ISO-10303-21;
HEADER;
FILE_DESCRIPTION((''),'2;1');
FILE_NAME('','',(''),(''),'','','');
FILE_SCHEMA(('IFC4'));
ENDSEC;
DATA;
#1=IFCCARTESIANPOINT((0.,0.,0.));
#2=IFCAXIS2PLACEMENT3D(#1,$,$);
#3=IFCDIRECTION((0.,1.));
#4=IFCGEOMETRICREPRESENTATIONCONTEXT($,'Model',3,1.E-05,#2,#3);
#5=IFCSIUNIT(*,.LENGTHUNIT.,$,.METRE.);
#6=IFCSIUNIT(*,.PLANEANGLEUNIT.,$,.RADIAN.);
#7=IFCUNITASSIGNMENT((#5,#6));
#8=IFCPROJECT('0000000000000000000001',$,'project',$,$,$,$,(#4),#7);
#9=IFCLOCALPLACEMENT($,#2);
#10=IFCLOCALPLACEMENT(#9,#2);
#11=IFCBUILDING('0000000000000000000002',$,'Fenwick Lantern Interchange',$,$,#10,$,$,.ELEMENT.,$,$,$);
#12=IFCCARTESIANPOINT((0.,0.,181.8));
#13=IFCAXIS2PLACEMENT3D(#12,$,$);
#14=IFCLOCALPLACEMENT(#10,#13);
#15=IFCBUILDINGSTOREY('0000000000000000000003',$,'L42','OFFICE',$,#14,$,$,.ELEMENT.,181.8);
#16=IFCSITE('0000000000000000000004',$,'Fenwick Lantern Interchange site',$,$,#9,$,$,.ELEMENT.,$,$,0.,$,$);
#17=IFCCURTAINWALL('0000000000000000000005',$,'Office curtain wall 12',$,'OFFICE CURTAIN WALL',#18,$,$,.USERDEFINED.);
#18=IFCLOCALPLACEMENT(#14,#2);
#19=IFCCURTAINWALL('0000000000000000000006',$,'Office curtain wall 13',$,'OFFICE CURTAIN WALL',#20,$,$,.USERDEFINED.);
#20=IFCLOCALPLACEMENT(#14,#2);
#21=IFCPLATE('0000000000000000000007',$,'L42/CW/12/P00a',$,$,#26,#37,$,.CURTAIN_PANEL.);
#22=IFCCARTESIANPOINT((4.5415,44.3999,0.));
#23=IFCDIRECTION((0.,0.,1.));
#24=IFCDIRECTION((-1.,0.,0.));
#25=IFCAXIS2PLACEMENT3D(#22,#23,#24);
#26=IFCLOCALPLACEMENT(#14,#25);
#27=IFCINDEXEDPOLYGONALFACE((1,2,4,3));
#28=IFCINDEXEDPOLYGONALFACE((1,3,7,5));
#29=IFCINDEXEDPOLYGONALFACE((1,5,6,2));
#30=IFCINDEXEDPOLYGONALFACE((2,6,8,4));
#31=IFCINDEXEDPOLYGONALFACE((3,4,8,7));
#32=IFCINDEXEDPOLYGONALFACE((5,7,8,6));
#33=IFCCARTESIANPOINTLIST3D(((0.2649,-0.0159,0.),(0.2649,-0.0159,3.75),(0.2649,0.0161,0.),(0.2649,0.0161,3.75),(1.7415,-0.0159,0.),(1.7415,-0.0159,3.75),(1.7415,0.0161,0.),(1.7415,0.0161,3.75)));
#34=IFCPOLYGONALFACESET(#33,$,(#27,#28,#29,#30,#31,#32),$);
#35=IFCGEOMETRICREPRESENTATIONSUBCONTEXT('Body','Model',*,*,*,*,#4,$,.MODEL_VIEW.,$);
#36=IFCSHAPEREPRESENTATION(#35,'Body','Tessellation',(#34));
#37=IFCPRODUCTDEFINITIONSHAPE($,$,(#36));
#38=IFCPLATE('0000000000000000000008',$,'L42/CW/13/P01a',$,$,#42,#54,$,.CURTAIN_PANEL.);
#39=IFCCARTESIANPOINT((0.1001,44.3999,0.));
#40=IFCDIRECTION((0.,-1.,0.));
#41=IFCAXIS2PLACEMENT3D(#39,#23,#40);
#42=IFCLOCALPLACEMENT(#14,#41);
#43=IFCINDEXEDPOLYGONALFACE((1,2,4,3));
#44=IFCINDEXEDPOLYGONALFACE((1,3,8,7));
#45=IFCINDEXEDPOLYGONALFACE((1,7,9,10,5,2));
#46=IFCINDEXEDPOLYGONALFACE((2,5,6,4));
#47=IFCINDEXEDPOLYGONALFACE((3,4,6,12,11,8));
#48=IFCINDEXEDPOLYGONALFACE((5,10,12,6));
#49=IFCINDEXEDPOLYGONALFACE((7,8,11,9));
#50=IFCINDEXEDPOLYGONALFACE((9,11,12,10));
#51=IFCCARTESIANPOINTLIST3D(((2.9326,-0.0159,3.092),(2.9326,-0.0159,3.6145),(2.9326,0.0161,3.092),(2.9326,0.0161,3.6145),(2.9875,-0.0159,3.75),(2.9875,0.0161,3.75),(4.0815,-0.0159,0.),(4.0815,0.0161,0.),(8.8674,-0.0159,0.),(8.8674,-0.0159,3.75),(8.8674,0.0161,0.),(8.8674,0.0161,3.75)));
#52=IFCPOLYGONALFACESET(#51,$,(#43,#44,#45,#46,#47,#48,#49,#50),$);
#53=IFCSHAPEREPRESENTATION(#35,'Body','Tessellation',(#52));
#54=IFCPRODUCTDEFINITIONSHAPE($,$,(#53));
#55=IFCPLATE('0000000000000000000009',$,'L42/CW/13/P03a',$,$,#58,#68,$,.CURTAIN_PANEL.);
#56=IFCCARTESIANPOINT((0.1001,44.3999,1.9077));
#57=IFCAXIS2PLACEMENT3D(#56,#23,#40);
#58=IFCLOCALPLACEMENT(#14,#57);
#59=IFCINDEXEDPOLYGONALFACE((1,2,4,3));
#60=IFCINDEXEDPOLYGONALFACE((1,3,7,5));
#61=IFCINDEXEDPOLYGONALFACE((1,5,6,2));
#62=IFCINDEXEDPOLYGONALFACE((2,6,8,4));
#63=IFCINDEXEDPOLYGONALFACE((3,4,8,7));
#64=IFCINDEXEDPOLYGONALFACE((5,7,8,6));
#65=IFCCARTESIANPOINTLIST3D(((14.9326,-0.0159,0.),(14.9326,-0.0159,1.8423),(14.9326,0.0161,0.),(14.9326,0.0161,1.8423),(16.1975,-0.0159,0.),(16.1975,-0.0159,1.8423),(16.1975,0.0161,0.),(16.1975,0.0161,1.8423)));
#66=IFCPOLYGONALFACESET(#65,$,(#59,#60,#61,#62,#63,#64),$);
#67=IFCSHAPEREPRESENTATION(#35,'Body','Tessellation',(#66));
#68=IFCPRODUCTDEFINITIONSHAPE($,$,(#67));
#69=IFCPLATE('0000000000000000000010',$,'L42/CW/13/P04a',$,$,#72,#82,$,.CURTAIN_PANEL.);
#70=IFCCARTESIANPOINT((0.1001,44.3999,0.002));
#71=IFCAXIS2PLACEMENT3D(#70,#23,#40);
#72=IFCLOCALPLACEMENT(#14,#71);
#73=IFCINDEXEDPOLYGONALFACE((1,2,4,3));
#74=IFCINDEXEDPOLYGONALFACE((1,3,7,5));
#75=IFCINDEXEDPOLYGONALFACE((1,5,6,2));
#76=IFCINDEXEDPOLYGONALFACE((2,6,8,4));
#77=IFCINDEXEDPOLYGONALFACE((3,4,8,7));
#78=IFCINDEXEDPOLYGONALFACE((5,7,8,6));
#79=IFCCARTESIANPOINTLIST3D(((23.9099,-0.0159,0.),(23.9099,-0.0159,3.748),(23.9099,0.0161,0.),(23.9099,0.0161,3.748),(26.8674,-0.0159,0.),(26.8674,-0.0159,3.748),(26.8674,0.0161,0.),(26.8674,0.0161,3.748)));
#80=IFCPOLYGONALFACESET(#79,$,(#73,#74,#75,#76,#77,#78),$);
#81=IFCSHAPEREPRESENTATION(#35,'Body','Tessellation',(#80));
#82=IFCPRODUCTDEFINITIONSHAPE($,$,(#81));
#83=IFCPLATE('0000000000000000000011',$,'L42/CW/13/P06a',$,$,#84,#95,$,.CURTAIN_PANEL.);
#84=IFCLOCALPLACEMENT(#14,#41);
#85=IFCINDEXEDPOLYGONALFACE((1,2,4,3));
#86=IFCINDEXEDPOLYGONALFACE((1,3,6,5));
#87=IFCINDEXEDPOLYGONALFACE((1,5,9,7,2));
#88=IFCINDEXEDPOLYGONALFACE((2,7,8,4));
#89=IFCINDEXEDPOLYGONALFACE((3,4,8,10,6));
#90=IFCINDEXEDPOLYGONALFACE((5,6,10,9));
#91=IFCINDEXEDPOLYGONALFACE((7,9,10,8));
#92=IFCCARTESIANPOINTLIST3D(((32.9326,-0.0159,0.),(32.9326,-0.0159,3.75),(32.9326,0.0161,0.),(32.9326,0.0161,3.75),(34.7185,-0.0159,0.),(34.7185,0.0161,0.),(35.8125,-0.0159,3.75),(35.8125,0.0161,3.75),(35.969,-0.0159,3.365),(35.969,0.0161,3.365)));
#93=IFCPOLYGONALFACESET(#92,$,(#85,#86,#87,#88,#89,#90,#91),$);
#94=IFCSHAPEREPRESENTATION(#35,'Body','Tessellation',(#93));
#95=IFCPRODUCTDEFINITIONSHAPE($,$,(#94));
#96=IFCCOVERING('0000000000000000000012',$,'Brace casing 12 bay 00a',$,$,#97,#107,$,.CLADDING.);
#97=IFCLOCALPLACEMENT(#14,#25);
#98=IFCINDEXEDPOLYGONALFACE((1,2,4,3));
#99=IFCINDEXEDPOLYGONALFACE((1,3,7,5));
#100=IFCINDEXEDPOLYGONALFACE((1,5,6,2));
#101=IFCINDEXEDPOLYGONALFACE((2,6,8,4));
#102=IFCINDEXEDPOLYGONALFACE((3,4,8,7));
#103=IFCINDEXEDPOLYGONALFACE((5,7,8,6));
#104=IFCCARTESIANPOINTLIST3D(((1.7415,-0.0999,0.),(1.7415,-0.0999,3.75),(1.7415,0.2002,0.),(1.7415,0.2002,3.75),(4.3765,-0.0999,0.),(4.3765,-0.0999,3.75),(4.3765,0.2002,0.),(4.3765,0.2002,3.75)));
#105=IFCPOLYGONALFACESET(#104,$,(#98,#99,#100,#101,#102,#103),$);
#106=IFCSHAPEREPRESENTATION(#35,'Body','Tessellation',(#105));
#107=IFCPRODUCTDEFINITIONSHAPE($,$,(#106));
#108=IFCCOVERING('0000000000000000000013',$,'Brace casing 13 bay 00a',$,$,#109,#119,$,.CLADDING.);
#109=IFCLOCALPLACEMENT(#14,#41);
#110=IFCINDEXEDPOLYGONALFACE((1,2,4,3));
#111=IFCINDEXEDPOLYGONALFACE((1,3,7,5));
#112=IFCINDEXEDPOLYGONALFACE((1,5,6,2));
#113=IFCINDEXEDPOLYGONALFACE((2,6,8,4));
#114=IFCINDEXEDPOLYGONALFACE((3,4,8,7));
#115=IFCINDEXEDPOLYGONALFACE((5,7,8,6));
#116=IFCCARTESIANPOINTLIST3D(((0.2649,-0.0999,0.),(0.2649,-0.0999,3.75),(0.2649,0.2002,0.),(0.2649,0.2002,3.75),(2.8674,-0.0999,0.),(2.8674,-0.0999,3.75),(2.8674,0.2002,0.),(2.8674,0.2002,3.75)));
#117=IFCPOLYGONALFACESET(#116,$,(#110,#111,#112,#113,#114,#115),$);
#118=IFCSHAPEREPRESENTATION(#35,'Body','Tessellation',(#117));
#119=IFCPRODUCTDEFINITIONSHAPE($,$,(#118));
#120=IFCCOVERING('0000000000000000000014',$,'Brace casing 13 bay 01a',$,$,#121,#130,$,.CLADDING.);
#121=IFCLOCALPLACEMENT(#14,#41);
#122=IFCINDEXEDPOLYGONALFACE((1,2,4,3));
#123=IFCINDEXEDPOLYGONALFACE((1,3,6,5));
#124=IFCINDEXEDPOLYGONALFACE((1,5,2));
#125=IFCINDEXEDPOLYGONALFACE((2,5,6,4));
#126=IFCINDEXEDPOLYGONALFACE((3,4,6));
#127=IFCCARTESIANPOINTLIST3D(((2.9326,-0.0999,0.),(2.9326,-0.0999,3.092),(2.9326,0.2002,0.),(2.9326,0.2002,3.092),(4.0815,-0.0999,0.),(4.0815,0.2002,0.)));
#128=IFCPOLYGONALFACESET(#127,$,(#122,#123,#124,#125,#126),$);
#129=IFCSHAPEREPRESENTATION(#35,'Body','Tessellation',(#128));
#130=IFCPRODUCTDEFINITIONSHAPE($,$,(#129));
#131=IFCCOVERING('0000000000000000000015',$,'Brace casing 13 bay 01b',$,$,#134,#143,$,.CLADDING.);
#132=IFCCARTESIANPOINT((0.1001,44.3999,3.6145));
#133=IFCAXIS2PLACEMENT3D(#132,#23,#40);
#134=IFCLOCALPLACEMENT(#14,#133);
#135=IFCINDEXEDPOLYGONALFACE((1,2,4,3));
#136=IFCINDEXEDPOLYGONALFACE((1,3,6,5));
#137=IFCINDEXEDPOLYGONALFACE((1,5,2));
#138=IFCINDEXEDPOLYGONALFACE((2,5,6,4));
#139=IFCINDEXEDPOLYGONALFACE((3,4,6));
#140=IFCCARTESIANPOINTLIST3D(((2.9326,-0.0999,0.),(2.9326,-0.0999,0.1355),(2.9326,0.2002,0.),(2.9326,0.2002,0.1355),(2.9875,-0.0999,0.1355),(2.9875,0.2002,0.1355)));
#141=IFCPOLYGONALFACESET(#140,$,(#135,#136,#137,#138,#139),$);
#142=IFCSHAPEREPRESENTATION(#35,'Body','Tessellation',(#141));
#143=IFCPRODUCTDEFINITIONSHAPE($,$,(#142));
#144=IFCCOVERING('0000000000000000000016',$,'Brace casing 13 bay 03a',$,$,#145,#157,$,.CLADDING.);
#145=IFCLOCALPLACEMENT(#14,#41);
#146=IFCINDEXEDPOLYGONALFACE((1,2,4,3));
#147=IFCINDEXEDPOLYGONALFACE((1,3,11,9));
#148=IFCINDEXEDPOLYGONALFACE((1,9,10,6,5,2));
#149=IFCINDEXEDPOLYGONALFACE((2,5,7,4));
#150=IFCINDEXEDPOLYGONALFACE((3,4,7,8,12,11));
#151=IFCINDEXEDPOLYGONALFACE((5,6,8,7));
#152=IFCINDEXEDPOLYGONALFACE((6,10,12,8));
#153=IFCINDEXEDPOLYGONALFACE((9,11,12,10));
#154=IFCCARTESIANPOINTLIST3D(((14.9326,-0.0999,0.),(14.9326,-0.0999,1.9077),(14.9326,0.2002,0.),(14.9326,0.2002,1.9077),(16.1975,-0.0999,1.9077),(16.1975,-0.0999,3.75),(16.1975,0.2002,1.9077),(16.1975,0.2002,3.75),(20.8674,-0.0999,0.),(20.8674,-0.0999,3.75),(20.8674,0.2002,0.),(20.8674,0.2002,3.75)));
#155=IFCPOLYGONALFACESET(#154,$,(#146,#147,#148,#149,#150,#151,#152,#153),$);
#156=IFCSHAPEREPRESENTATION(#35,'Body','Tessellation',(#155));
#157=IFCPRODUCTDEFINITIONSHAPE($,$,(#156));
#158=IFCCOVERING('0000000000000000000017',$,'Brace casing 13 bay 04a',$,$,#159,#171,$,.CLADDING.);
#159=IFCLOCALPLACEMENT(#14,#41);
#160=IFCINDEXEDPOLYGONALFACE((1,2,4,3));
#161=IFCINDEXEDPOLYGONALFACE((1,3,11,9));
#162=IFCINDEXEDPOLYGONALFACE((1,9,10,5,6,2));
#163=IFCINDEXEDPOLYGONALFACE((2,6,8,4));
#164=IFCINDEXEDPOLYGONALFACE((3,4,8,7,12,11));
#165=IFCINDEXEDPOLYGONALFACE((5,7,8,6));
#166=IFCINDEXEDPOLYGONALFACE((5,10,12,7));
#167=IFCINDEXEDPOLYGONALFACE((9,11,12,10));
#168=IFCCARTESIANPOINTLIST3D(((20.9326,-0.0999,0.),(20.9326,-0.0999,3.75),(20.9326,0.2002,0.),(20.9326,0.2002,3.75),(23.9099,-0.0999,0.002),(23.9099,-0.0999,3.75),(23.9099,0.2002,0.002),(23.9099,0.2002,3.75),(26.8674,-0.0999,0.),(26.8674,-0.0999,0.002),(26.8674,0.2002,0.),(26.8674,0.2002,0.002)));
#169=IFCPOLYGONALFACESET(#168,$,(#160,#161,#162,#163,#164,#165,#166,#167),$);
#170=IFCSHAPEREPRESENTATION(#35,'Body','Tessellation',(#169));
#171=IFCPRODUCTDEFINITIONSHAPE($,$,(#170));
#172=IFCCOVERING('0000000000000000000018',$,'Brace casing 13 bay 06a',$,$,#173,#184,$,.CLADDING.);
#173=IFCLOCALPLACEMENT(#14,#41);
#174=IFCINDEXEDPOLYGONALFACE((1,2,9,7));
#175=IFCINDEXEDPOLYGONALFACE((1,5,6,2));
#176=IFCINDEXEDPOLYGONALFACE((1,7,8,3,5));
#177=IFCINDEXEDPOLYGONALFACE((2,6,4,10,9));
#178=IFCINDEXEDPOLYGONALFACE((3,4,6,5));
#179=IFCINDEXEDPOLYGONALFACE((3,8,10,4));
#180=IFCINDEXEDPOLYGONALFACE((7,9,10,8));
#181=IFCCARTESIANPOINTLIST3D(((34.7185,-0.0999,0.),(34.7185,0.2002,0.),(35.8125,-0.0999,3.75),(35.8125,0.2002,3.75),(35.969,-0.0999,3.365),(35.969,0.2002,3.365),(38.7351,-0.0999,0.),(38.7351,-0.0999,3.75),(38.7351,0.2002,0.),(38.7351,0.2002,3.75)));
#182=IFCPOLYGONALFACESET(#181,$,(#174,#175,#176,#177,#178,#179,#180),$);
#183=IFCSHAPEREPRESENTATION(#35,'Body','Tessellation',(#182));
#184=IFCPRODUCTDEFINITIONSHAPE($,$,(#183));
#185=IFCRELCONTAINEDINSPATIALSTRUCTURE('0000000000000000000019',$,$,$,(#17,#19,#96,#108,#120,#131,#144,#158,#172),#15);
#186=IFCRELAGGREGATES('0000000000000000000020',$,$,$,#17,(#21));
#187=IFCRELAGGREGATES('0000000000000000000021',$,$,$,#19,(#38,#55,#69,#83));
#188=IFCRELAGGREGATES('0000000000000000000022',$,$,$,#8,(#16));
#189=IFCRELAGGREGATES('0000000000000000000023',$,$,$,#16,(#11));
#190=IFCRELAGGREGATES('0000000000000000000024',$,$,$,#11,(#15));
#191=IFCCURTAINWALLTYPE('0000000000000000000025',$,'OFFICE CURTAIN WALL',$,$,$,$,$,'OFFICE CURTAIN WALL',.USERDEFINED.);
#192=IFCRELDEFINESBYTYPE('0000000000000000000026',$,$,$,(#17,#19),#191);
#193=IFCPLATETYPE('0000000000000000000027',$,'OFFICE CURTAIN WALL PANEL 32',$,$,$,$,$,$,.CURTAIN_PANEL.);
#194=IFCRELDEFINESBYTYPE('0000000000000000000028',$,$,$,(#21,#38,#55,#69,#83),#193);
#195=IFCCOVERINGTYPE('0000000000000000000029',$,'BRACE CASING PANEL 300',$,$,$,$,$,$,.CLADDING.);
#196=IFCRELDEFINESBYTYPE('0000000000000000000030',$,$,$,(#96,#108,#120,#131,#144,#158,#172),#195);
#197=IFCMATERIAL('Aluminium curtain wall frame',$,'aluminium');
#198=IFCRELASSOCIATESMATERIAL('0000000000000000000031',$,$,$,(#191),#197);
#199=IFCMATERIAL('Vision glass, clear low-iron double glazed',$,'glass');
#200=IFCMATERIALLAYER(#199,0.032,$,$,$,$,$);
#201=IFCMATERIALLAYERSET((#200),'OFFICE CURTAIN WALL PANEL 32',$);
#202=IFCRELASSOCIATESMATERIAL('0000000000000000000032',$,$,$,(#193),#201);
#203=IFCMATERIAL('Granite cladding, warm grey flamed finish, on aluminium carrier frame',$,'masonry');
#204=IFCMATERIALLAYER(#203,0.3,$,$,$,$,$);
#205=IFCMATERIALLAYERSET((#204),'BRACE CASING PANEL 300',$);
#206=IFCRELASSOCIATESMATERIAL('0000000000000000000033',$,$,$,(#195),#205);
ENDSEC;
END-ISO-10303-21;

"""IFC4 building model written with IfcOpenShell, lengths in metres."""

from ifc_helpers import new_model, si_unit, direction, frame, origin, place, context, subcontext, project, spatial, polyline, outline, extrude, material, layer, layer_set, type_object, element, aggregate, save


model = new_model("IFC4")

# Units and contexts
model_context = context("Model", 3, precision=1e-05, world=origin(), true_north=direction((0.0, 1.0)))
body_context = subcontext(model_context, "Body", "Model", "MODEL_VIEW")
ifc_project = project(units=[si_unit("LENGTHUNIT", "METRE"), si_unit("PLANEANGLEUNIT", "RADIAN")], contexts=[model_context])

# Site, building, storey
site_placement = place(None, origin())
site = spatial("IfcSite", under=ifc_project, at=site_placement, Name="Fenwick Lantern Interchange site", CompositionType="ELEMENT", RefElevation=0.0)
building_placement = place(site_placement, origin())
building = spatial("IfcBuilding", under=site, at=building_placement, Name="Fenwick Lantern Interchange", CompositionType="ELEMENT")
storey_placement = place(building_placement, frame((0.0, 0.0, 181.8)))
storey = spatial("IfcBuildingStorey", under=building, at=storey_placement, Name="L42", Description="OFFICE", CompositionType="ELEMENT", Elevation=181.8)

# Shared definitions
ifc_material_1 = material(Name="Aluminium curtain wall frame", Category="aluminium")
curtain_wall_type = type_object("IfcCurtainWallType", Name="OFFICE CURTAIN WALL", ElementType="OFFICE CURTAIN WALL", PredefinedType="USERDEFINED", material=ifc_material_1)

# Curtain walls
curtain_wall_1_placement = place(storey_placement, origin())
curtain_wall_1 = element("IfcCurtainWall", 1, at=curtain_wall_1_placement, inside=storey, type_object=curtain_wall_type, Name="Office curtain wall 12", ObjectType="OFFICE CURTAIN WALL", PredefinedType="USERDEFINED")
curtain_wall_2_placement = place(storey_placement, origin())
curtain_wall_2 = element("IfcCurtainWall", 2, at=curtain_wall_2_placement, inside=storey, type_object=curtain_wall_type, Name="Office curtain wall 13", ObjectType="OFFICE CURTAIN WALL", PredefinedType="USERDEFINED")

# Plates
ifc_material_2 = material(Name="Vision glass, clear low-iron double glazed", Category="glass")
ifc_layer_1 = layer(ifc_material_2, 0.032)
ifc_layer_set_1 = layer_set([ifc_layer_1], Name="OFFICE CURTAIN WALL PANEL 32")
plate_type = type_object("IfcPlateType", Name="OFFICE CURTAIN WALL PANEL 32", PredefinedType="CURTAIN_PANEL", material=ifc_layer_set_1)
plate_1_placement = place(storey_placement, frame((4.5415, 44.3999, 0.0), z_axis=(0.0, 0.0, 1.0), x_axis=(-1.0, 0.0, 0.0)))
plate_1 = element("IfcPlate", 3, at=plate_1_placement, type_object=plate_type, Name="L42/CW/12/P00a", PredefinedType="CURTAIN_PANEL", context=body_context, shape_type="SweptSolid", body=[
    extrude(outline(polyline([(0.2649, 0.0), (1.7415, 0.0), (1.7415, 3.75), (0.2649, 3.75), (0.2649, 0.0)])), frame((0.0, 0.0161, 0.0), z_axis=(0.0, -1.0, 0.0), x_axis=(1.0, 0.0, 0.0)), (0.0, 0.0, 1.0), 0.032),
])
aggregate(curtain_wall_1, [plate_1])
plate_2_placement = place(storey_placement, frame((0.1001, 44.3999, 0.0), z_axis=(0.0, 0.0, 1.0), x_axis=(0.0, -1.0, 0.0)))
plate_2 = element("IfcPlate", 4, at=plate_2_placement, type_object=plate_type, Name="L42/CW/13/P01a", PredefinedType="CURTAIN_PANEL", context=body_context, shape_type="SweptSolid", body=[
    extrude(outline(polyline([(4.0815, 0.0), (8.8674, 0.0), (8.8674, 3.75), (2.9875, 3.75), (2.9326, 3.6145), (2.9326, 3.092), (4.0815, 0.0)])), frame((0.0, 0.0161, 0.0), z_axis=(0.0, -1.0, 0.0), x_axis=(1.0, 0.0, 0.0)), (0.0, 0.0, 1.0), 0.032),
])
plate_3_placement = place(storey_placement, frame((0.1001, 44.3999, 1.9077), z_axis=(0.0, 0.0, 1.0), x_axis=(0.0, -1.0, 0.0)))
plate_3 = element("IfcPlate", 5, at=plate_3_placement, type_object=plate_type, Name="L42/CW/13/P03a", PredefinedType="CURTAIN_PANEL", context=body_context, shape_type="SweptSolid", body=[
    extrude(outline(polyline([(14.9326, 0.0), (16.1975, 0.0), (16.1975, 1.8423), (14.9326, 1.8423), (14.9326, 0.0)])), frame((0.0, 0.0161, 0.0), z_axis=(0.0, -1.0, 0.0), x_axis=(1.0, 0.0, 0.0)), (0.0, 0.0, 1.0), 0.032),
])
plate_4_placement = place(storey_placement, frame((0.1001, 44.3999, 0.002), z_axis=(0.0, 0.0, 1.0), x_axis=(0.0, -1.0, 0.0)))
plate_4 = element("IfcPlate", 6, at=plate_4_placement, type_object=plate_type, Name="L42/CW/13/P04a", PredefinedType="CURTAIN_PANEL", context=body_context, shape_type="SweptSolid", body=[
    extrude(outline(polyline([(23.9099, 0.0), (26.8674, 0.0), (26.8674, 3.748), (23.9099, 3.748), (23.9099, 0.0)])), frame((0.0, 0.0161, 0.0), z_axis=(0.0, -1.0, 0.0), x_axis=(1.0, 0.0, 0.0)), (0.0, 0.0, 1.0), 0.032),
])
plate_5_placement = place(storey_placement, frame((0.1001, 44.3999, 0.0), z_axis=(0.0, 0.0, 1.0), x_axis=(0.0, -1.0, 0.0)))
plate_5 = element("IfcPlate", 7, at=plate_5_placement, type_object=plate_type, Name="L42/CW/13/P06a", PredefinedType="CURTAIN_PANEL", context=body_context, shape_type="SweptSolid", body=[
    extrude(outline(polyline([(32.9326, 0.0), (34.7185, 0.0), (35.969, 3.365), (35.8125, 3.75), (32.9326, 3.75), (32.9326, 0.0)])), frame((0.0, 0.0161, 0.0), z_axis=(0.0, -1.0, 0.0), x_axis=(1.0, 0.0, 0.0)), (0.0, 0.0, 1.0), 0.032),
])
aggregate(curtain_wall_2, [plate_2, plate_3, plate_4, plate_5])

# Coverings
ifc_material_3 = material(Name="Granite cladding, warm grey flamed finish, on aluminium carrier frame", Category="masonry")
ifc_layer_2 = layer(ifc_material_3, 0.3)
ifc_layer_set_2 = layer_set([ifc_layer_2], Name="BRACE CASING PANEL 300")
covering_type = type_object("IfcCoveringType", Name="BRACE CASING PANEL 300", PredefinedType="CLADDING", material=ifc_layer_set_2)
covering_1_placement = place(storey_placement, frame((4.5415, 44.3999, 0.0), z_axis=(0.0, 0.0, 1.0), x_axis=(-1.0, 0.0, 0.0)))
element("IfcCovering", 8, at=covering_1_placement, inside=storey, type_object=covering_type, Name="Brace casing 12 bay 00a", PredefinedType="CLADDING", context=body_context, shape_type="SweptSolid", body=[
    extrude(outline(polyline([(1.7415, 0.0), (4.3765, 0.0), (4.3765, 3.75), (1.7415, 3.75), (1.7415, 0.0)])), frame((0.0, 0.2002, 0.0), z_axis=(0.0, -1.0, 0.0), x_axis=(1.0, 0.0, 0.0)), (0.0, 0.0, 1.0), 0.3),
])
covering_2_placement = place(storey_placement, frame((0.1001, 44.3999, 0.0), z_axis=(0.0, 0.0, 1.0), x_axis=(0.0, -1.0, 0.0)))
element("IfcCovering", 9, at=covering_2_placement, inside=storey, type_object=covering_type, Name="Brace casing 13 bay 00a", PredefinedType="CLADDING", context=body_context, shape_type="SweptSolid", body=[
    extrude(outline(polyline([(0.2649, 0.0), (2.8674, 0.0), (2.8674, 3.75), (0.2649, 3.75), (0.2649, 0.0)])), frame((0.0, 0.2002, 0.0), z_axis=(0.0, -1.0, 0.0), x_axis=(1.0, 0.0, 0.0)), (0.0, 0.0, 1.0), 0.3),
])
covering_3_placement = place(storey_placement, frame((0.1001, 44.3999, 0.0), z_axis=(0.0, 0.0, 1.0), x_axis=(0.0, -1.0, 0.0)))
element("IfcCovering", 10, at=covering_3_placement, inside=storey, type_object=covering_type, Name="Brace casing 13 bay 01a", PredefinedType="CLADDING", context=body_context, shape_type="SweptSolid", body=[
    extrude(outline(polyline([(2.9326, 0.0), (4.0815, 0.0), (2.9326, 3.092), (2.9326, 0.0)])), frame((0.0, 0.2002, 0.0), z_axis=(0.0, -1.0, 0.0), x_axis=(1.0, 0.0, 0.0)), (0.0, 0.0, 1.0), 0.3),
])
covering_4_placement = place(storey_placement, frame((0.1001, 44.3999, 3.6145), z_axis=(0.0, 0.0, 1.0), x_axis=(0.0, -1.0, 0.0)))
element("IfcCovering", 11, at=covering_4_placement, inside=storey, type_object=covering_type, Name="Brace casing 13 bay 01b", PredefinedType="CLADDING", context=body_context, shape_type="SweptSolid", body=[
    extrude(outline(polyline([(2.9326, 0.0), (2.9875, 0.1355), (2.9326, 0.1355), (2.9326, 0.0)])), frame((0.0, 0.2002, 0.0), z_axis=(0.0, -1.0, 0.0), x_axis=(1.0, 0.0, 0.0)), (0.0, 0.0, 1.0), 0.3),
])
covering_5_placement = place(storey_placement, frame((0.1001, 44.3999, 0.0), z_axis=(0.0, 0.0, 1.0), x_axis=(0.0, -1.0, 0.0)))
element("IfcCovering", 12, at=covering_5_placement, inside=storey, type_object=covering_type, Name="Brace casing 13 bay 03a", PredefinedType="CLADDING", context=body_context, shape_type="SweptSolid", body=[
    extrude(outline(polyline([(14.9326, 0.0), (20.8674, 0.0), (20.8674, 3.75), (16.1975, 3.75), (16.1975, 1.9077), (14.9326, 1.9077), (14.9326, 0.0)])), frame((0.0, 0.2002, 0.0), z_axis=(0.0, -1.0, 0.0), x_axis=(1.0, 0.0, 0.0)), (0.0, 0.0, 1.0), 0.3),
])
covering_6_placement = place(storey_placement, frame((0.1001, 44.3999, 0.0), z_axis=(0.0, 0.0, 1.0), x_axis=(0.0, -1.0, 0.0)))
element("IfcCovering", 13, at=covering_6_placement, inside=storey, type_object=covering_type, Name="Brace casing 13 bay 04a", PredefinedType="CLADDING", context=body_context, shape_type="SweptSolid", body=[
    extrude(outline(polyline([(20.9326, 0.0), (26.8674, 0.0), (26.8674, 0.002), (23.9099, 0.002), (23.9099, 3.75), (20.9326, 3.75), (20.9326, 0.0)])), frame((0.0, 0.2002, 0.0), z_axis=(0.0, -1.0, 0.0), x_axis=(1.0, 0.0, 0.0)), (0.0, 0.0, 1.0), 0.3),
])
covering_7_placement = place(storey_placement, frame((0.1001, 44.3999, 0.0), z_axis=(0.0, 0.0, 1.0), x_axis=(0.0, -1.0, 0.0)))
element("IfcCovering", 14, at=covering_7_placement, inside=storey, type_object=covering_type, Name="Brace casing 13 bay 06a", PredefinedType="CLADDING", context=body_context, shape_type="SweptSolid", body=[
    extrude(outline(polyline([(34.7185, 0.0), (38.7351, 0.0), (38.7351, 3.75), (35.8125, 3.75), (35.969, 3.365), (34.7185, 0.0)])), frame((0.0, 0.2002, 0.0), z_axis=(0.0, -1.0, 0.0), x_axis=(1.0, 0.0, 0.0)), (0.0, 0.0, 1.0), 0.3),
])

save(model, "model.ifc")
